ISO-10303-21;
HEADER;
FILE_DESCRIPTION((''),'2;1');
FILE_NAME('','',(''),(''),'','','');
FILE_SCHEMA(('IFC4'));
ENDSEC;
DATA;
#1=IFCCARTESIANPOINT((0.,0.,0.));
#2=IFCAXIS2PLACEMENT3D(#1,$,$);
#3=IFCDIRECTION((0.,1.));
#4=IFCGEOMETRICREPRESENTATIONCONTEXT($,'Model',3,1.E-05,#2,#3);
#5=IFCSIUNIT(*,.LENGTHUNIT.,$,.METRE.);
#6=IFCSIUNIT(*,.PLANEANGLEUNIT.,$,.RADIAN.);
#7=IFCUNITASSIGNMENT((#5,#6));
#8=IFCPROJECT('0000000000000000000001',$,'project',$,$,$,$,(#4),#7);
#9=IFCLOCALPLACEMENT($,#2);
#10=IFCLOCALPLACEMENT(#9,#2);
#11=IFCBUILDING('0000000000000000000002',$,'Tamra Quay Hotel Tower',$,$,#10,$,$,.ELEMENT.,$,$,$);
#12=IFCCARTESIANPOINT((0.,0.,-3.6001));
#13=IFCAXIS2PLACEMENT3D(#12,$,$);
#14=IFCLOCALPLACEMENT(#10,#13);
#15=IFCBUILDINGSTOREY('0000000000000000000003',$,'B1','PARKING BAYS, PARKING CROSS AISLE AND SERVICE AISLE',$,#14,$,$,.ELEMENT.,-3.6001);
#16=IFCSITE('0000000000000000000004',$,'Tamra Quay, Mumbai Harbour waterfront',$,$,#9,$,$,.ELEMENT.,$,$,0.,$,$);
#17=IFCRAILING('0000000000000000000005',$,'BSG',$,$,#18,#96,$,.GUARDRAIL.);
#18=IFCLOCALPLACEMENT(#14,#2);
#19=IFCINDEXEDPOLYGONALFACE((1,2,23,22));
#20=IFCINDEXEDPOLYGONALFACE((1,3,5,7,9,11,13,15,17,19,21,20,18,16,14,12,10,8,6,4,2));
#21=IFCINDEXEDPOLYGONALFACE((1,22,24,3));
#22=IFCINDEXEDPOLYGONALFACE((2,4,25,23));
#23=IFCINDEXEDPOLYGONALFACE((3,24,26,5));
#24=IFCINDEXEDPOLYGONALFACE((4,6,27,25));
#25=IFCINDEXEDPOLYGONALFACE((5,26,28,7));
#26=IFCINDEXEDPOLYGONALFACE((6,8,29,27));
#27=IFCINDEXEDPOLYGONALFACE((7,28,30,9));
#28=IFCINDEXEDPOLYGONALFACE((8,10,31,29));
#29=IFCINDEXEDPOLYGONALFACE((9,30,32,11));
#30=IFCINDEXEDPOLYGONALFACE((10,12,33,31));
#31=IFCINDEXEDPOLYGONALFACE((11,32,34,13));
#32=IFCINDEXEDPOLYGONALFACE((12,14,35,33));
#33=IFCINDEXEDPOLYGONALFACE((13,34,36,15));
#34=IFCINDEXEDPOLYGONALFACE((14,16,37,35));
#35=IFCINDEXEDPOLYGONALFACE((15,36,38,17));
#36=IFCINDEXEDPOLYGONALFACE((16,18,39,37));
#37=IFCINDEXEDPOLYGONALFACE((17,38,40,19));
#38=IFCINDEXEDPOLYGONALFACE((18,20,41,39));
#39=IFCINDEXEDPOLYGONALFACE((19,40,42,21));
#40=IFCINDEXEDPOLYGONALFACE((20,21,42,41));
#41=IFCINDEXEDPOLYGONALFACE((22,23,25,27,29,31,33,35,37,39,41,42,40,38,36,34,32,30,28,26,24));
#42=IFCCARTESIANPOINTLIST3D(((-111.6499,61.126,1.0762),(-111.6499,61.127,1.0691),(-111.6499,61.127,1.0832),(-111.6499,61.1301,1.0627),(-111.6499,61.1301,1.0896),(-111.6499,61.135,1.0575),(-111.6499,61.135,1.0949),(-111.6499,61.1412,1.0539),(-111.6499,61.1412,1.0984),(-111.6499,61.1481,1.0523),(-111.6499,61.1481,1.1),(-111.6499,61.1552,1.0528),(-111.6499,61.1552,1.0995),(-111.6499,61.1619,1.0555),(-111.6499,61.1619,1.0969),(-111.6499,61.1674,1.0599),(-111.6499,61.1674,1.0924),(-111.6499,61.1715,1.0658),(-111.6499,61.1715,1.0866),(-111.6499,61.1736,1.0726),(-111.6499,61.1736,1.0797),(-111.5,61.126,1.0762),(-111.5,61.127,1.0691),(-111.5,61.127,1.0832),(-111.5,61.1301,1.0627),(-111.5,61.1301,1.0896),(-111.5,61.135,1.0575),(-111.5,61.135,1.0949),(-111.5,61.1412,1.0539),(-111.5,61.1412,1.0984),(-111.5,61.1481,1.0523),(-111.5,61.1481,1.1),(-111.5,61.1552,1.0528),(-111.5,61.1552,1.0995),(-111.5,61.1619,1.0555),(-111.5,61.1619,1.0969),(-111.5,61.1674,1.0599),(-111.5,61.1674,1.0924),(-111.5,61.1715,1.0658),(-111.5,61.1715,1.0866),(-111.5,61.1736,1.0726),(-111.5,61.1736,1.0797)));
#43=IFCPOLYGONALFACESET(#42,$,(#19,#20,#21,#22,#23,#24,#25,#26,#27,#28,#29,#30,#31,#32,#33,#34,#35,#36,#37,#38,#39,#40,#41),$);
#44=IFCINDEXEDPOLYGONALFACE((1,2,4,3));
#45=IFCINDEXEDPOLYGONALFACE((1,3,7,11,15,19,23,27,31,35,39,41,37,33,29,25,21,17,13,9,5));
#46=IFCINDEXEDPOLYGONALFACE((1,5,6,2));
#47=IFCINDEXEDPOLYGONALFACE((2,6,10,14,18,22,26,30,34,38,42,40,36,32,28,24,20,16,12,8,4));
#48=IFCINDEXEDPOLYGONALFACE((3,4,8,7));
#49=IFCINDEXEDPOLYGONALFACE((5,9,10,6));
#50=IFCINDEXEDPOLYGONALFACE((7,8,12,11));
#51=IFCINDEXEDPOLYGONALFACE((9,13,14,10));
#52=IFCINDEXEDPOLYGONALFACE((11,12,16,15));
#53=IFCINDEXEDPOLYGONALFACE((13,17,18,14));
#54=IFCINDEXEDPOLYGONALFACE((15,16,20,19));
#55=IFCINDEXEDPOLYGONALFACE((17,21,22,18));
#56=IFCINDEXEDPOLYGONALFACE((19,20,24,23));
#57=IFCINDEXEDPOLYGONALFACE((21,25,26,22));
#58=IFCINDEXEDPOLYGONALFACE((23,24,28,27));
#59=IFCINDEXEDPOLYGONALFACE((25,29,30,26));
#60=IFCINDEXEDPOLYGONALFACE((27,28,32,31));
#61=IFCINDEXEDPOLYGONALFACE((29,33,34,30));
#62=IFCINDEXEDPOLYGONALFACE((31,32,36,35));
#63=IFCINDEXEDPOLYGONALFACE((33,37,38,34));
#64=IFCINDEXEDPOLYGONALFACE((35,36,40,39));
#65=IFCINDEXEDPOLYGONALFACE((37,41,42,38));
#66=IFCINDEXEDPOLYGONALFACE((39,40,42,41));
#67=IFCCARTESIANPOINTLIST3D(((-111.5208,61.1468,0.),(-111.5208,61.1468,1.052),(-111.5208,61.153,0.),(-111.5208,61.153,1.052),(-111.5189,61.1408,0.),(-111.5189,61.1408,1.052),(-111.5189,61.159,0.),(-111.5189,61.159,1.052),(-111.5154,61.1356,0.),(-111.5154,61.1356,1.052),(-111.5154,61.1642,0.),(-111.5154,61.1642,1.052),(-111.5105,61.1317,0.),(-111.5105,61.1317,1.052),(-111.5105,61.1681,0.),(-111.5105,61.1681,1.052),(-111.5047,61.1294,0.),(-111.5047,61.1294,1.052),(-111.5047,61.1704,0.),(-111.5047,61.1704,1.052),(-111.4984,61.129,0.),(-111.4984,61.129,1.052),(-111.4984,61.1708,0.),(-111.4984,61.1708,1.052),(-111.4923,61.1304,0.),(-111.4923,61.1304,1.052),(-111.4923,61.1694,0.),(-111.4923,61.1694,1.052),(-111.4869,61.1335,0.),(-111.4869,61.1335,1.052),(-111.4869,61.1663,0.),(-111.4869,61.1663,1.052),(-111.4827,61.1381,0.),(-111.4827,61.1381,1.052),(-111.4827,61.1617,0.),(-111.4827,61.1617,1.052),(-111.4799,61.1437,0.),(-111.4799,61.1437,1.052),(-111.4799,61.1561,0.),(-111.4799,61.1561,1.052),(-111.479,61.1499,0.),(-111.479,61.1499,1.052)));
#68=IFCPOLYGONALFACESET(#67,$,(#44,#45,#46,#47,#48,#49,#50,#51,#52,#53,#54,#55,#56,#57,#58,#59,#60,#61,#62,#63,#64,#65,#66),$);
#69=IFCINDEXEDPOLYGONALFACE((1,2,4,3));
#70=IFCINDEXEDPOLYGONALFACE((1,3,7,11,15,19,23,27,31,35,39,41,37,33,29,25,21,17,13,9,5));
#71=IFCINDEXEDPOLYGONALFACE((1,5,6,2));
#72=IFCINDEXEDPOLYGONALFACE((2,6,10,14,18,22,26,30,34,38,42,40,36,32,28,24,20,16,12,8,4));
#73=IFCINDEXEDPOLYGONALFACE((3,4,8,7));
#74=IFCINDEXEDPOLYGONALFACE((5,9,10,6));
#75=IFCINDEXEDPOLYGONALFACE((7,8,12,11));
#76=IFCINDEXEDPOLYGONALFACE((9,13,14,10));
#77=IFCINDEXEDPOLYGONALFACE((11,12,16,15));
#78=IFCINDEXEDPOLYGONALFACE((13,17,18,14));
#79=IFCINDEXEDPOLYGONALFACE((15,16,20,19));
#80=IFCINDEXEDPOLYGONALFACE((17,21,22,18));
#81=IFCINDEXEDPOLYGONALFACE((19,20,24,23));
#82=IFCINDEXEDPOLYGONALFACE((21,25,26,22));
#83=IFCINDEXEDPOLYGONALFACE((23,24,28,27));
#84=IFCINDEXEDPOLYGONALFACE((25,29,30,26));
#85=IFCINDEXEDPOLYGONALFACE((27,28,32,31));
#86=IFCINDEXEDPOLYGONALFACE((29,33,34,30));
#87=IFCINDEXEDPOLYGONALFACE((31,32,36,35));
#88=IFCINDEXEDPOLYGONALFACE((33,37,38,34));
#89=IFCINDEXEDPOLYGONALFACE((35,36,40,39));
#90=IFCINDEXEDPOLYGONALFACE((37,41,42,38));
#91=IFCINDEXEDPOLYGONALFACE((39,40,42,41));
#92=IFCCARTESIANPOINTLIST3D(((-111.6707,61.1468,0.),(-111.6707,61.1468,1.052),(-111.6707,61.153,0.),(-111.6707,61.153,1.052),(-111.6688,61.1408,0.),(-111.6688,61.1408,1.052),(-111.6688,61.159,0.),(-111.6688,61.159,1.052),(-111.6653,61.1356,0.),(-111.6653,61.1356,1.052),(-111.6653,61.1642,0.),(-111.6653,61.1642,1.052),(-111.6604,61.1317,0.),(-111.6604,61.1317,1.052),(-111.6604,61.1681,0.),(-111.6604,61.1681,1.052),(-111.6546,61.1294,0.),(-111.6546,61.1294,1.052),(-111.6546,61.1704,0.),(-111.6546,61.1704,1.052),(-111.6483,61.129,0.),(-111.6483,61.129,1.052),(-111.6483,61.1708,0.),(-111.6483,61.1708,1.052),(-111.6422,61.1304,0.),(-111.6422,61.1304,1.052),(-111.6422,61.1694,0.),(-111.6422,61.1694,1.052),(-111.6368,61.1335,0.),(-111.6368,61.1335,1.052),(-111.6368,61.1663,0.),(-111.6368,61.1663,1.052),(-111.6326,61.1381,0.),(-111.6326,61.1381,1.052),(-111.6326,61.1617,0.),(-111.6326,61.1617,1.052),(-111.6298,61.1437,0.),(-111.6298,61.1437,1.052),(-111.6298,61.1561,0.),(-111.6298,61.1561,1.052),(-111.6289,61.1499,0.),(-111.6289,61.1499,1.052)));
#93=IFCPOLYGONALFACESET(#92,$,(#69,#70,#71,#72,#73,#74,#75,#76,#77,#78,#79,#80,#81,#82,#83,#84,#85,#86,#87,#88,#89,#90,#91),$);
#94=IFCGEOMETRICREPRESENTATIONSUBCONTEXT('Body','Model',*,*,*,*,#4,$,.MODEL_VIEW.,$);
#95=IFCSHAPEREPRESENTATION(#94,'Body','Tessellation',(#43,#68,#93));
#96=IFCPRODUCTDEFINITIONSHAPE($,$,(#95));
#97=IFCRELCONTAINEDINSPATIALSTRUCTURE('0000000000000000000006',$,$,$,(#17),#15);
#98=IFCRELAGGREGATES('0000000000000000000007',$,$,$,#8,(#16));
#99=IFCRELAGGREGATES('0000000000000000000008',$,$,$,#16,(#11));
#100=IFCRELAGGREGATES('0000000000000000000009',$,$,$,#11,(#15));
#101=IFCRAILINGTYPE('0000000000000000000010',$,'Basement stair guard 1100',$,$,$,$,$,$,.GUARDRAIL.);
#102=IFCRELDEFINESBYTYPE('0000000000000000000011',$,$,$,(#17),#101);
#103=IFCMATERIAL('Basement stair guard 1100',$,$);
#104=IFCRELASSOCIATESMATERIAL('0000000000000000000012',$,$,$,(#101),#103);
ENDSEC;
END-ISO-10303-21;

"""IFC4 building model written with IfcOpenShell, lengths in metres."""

from ifc_helpers import new_model, si_unit, direction, frame, origin, origin_2d, place, context, subcontext, project, spatial, circle, extrude, material, type_object, element, save


model = new_model("IFC4")

# Units and contexts
model_context = context("Model", 3, precision=1e-05, world=origin(), true_north=direction((0.0, 1.0)))
body_context = subcontext(model_context, "Body", "Model", "MODEL_VIEW")
ifc_project = project(units=[si_unit("LENGTHUNIT", "METRE"), si_unit("PLANEANGLEUNIT", "RADIAN")], contexts=[model_context])

# Site, building, storey
site_placement = place(None, origin())
site = spatial("IfcSite", under=ifc_project, at=site_placement, Name="Tamra Quay, Mumbai Harbour waterfront", CompositionType="ELEMENT", RefElevation=0.0)
building_placement = place(site_placement, origin())
building = spatial("IfcBuilding", under=site, at=building_placement, Name="Tamra Quay Hotel Tower", CompositionType="ELEMENT")
storey_placement = place(building_placement, frame((0.0, 0.0, -3.6001)))
storey = spatial("IfcBuildingStorey", under=building, at=storey_placement, Name="B1", Description="PARKING BAYS, PARKING CROSS AISLE AND SERVICE AISLE", CompositionType="ELEMENT", Elevation=-3.6001)

# Railing
ifc_material_1 = material(Name="Basement stair guard 1100")
railing_type_1 = type_object("IfcRailingType", Name="Basement stair guard 1100", PredefinedType="GUARDRAIL", material=ifc_material_1)
railing_1_placement = place(storey_placement, frame((-111.5, 61.1499, 0.0)))
element("IfcRailing", 1, at=railing_1_placement, inside=storey, type_object=railing_type_1, Name="BSG", PredefinedType="GUARDRAIL", context=body_context, shape_type="SweptSolid", body=[
    extrude(circle(Radius=0.0239, at=origin_2d()), frame((0.0, 0.0, 1.0762), z_axis=(-1.0, 0.0, 0.0), x_axis=(0.0, -1.0, 0.0)), (0.0, 0.0, 1.0), 0.1499),
    extrude(circle(Radius=0.021, at=origin_2d()), origin(), (0.0, 0.0, 1.0), 1.052),
    extrude(circle(Radius=0.021, at=origin_2d()), frame((-0.1499, 0.0, 0.0)), (0.0, 0.0, 1.0), 1.052),
])

save(model, "model.ifc")
